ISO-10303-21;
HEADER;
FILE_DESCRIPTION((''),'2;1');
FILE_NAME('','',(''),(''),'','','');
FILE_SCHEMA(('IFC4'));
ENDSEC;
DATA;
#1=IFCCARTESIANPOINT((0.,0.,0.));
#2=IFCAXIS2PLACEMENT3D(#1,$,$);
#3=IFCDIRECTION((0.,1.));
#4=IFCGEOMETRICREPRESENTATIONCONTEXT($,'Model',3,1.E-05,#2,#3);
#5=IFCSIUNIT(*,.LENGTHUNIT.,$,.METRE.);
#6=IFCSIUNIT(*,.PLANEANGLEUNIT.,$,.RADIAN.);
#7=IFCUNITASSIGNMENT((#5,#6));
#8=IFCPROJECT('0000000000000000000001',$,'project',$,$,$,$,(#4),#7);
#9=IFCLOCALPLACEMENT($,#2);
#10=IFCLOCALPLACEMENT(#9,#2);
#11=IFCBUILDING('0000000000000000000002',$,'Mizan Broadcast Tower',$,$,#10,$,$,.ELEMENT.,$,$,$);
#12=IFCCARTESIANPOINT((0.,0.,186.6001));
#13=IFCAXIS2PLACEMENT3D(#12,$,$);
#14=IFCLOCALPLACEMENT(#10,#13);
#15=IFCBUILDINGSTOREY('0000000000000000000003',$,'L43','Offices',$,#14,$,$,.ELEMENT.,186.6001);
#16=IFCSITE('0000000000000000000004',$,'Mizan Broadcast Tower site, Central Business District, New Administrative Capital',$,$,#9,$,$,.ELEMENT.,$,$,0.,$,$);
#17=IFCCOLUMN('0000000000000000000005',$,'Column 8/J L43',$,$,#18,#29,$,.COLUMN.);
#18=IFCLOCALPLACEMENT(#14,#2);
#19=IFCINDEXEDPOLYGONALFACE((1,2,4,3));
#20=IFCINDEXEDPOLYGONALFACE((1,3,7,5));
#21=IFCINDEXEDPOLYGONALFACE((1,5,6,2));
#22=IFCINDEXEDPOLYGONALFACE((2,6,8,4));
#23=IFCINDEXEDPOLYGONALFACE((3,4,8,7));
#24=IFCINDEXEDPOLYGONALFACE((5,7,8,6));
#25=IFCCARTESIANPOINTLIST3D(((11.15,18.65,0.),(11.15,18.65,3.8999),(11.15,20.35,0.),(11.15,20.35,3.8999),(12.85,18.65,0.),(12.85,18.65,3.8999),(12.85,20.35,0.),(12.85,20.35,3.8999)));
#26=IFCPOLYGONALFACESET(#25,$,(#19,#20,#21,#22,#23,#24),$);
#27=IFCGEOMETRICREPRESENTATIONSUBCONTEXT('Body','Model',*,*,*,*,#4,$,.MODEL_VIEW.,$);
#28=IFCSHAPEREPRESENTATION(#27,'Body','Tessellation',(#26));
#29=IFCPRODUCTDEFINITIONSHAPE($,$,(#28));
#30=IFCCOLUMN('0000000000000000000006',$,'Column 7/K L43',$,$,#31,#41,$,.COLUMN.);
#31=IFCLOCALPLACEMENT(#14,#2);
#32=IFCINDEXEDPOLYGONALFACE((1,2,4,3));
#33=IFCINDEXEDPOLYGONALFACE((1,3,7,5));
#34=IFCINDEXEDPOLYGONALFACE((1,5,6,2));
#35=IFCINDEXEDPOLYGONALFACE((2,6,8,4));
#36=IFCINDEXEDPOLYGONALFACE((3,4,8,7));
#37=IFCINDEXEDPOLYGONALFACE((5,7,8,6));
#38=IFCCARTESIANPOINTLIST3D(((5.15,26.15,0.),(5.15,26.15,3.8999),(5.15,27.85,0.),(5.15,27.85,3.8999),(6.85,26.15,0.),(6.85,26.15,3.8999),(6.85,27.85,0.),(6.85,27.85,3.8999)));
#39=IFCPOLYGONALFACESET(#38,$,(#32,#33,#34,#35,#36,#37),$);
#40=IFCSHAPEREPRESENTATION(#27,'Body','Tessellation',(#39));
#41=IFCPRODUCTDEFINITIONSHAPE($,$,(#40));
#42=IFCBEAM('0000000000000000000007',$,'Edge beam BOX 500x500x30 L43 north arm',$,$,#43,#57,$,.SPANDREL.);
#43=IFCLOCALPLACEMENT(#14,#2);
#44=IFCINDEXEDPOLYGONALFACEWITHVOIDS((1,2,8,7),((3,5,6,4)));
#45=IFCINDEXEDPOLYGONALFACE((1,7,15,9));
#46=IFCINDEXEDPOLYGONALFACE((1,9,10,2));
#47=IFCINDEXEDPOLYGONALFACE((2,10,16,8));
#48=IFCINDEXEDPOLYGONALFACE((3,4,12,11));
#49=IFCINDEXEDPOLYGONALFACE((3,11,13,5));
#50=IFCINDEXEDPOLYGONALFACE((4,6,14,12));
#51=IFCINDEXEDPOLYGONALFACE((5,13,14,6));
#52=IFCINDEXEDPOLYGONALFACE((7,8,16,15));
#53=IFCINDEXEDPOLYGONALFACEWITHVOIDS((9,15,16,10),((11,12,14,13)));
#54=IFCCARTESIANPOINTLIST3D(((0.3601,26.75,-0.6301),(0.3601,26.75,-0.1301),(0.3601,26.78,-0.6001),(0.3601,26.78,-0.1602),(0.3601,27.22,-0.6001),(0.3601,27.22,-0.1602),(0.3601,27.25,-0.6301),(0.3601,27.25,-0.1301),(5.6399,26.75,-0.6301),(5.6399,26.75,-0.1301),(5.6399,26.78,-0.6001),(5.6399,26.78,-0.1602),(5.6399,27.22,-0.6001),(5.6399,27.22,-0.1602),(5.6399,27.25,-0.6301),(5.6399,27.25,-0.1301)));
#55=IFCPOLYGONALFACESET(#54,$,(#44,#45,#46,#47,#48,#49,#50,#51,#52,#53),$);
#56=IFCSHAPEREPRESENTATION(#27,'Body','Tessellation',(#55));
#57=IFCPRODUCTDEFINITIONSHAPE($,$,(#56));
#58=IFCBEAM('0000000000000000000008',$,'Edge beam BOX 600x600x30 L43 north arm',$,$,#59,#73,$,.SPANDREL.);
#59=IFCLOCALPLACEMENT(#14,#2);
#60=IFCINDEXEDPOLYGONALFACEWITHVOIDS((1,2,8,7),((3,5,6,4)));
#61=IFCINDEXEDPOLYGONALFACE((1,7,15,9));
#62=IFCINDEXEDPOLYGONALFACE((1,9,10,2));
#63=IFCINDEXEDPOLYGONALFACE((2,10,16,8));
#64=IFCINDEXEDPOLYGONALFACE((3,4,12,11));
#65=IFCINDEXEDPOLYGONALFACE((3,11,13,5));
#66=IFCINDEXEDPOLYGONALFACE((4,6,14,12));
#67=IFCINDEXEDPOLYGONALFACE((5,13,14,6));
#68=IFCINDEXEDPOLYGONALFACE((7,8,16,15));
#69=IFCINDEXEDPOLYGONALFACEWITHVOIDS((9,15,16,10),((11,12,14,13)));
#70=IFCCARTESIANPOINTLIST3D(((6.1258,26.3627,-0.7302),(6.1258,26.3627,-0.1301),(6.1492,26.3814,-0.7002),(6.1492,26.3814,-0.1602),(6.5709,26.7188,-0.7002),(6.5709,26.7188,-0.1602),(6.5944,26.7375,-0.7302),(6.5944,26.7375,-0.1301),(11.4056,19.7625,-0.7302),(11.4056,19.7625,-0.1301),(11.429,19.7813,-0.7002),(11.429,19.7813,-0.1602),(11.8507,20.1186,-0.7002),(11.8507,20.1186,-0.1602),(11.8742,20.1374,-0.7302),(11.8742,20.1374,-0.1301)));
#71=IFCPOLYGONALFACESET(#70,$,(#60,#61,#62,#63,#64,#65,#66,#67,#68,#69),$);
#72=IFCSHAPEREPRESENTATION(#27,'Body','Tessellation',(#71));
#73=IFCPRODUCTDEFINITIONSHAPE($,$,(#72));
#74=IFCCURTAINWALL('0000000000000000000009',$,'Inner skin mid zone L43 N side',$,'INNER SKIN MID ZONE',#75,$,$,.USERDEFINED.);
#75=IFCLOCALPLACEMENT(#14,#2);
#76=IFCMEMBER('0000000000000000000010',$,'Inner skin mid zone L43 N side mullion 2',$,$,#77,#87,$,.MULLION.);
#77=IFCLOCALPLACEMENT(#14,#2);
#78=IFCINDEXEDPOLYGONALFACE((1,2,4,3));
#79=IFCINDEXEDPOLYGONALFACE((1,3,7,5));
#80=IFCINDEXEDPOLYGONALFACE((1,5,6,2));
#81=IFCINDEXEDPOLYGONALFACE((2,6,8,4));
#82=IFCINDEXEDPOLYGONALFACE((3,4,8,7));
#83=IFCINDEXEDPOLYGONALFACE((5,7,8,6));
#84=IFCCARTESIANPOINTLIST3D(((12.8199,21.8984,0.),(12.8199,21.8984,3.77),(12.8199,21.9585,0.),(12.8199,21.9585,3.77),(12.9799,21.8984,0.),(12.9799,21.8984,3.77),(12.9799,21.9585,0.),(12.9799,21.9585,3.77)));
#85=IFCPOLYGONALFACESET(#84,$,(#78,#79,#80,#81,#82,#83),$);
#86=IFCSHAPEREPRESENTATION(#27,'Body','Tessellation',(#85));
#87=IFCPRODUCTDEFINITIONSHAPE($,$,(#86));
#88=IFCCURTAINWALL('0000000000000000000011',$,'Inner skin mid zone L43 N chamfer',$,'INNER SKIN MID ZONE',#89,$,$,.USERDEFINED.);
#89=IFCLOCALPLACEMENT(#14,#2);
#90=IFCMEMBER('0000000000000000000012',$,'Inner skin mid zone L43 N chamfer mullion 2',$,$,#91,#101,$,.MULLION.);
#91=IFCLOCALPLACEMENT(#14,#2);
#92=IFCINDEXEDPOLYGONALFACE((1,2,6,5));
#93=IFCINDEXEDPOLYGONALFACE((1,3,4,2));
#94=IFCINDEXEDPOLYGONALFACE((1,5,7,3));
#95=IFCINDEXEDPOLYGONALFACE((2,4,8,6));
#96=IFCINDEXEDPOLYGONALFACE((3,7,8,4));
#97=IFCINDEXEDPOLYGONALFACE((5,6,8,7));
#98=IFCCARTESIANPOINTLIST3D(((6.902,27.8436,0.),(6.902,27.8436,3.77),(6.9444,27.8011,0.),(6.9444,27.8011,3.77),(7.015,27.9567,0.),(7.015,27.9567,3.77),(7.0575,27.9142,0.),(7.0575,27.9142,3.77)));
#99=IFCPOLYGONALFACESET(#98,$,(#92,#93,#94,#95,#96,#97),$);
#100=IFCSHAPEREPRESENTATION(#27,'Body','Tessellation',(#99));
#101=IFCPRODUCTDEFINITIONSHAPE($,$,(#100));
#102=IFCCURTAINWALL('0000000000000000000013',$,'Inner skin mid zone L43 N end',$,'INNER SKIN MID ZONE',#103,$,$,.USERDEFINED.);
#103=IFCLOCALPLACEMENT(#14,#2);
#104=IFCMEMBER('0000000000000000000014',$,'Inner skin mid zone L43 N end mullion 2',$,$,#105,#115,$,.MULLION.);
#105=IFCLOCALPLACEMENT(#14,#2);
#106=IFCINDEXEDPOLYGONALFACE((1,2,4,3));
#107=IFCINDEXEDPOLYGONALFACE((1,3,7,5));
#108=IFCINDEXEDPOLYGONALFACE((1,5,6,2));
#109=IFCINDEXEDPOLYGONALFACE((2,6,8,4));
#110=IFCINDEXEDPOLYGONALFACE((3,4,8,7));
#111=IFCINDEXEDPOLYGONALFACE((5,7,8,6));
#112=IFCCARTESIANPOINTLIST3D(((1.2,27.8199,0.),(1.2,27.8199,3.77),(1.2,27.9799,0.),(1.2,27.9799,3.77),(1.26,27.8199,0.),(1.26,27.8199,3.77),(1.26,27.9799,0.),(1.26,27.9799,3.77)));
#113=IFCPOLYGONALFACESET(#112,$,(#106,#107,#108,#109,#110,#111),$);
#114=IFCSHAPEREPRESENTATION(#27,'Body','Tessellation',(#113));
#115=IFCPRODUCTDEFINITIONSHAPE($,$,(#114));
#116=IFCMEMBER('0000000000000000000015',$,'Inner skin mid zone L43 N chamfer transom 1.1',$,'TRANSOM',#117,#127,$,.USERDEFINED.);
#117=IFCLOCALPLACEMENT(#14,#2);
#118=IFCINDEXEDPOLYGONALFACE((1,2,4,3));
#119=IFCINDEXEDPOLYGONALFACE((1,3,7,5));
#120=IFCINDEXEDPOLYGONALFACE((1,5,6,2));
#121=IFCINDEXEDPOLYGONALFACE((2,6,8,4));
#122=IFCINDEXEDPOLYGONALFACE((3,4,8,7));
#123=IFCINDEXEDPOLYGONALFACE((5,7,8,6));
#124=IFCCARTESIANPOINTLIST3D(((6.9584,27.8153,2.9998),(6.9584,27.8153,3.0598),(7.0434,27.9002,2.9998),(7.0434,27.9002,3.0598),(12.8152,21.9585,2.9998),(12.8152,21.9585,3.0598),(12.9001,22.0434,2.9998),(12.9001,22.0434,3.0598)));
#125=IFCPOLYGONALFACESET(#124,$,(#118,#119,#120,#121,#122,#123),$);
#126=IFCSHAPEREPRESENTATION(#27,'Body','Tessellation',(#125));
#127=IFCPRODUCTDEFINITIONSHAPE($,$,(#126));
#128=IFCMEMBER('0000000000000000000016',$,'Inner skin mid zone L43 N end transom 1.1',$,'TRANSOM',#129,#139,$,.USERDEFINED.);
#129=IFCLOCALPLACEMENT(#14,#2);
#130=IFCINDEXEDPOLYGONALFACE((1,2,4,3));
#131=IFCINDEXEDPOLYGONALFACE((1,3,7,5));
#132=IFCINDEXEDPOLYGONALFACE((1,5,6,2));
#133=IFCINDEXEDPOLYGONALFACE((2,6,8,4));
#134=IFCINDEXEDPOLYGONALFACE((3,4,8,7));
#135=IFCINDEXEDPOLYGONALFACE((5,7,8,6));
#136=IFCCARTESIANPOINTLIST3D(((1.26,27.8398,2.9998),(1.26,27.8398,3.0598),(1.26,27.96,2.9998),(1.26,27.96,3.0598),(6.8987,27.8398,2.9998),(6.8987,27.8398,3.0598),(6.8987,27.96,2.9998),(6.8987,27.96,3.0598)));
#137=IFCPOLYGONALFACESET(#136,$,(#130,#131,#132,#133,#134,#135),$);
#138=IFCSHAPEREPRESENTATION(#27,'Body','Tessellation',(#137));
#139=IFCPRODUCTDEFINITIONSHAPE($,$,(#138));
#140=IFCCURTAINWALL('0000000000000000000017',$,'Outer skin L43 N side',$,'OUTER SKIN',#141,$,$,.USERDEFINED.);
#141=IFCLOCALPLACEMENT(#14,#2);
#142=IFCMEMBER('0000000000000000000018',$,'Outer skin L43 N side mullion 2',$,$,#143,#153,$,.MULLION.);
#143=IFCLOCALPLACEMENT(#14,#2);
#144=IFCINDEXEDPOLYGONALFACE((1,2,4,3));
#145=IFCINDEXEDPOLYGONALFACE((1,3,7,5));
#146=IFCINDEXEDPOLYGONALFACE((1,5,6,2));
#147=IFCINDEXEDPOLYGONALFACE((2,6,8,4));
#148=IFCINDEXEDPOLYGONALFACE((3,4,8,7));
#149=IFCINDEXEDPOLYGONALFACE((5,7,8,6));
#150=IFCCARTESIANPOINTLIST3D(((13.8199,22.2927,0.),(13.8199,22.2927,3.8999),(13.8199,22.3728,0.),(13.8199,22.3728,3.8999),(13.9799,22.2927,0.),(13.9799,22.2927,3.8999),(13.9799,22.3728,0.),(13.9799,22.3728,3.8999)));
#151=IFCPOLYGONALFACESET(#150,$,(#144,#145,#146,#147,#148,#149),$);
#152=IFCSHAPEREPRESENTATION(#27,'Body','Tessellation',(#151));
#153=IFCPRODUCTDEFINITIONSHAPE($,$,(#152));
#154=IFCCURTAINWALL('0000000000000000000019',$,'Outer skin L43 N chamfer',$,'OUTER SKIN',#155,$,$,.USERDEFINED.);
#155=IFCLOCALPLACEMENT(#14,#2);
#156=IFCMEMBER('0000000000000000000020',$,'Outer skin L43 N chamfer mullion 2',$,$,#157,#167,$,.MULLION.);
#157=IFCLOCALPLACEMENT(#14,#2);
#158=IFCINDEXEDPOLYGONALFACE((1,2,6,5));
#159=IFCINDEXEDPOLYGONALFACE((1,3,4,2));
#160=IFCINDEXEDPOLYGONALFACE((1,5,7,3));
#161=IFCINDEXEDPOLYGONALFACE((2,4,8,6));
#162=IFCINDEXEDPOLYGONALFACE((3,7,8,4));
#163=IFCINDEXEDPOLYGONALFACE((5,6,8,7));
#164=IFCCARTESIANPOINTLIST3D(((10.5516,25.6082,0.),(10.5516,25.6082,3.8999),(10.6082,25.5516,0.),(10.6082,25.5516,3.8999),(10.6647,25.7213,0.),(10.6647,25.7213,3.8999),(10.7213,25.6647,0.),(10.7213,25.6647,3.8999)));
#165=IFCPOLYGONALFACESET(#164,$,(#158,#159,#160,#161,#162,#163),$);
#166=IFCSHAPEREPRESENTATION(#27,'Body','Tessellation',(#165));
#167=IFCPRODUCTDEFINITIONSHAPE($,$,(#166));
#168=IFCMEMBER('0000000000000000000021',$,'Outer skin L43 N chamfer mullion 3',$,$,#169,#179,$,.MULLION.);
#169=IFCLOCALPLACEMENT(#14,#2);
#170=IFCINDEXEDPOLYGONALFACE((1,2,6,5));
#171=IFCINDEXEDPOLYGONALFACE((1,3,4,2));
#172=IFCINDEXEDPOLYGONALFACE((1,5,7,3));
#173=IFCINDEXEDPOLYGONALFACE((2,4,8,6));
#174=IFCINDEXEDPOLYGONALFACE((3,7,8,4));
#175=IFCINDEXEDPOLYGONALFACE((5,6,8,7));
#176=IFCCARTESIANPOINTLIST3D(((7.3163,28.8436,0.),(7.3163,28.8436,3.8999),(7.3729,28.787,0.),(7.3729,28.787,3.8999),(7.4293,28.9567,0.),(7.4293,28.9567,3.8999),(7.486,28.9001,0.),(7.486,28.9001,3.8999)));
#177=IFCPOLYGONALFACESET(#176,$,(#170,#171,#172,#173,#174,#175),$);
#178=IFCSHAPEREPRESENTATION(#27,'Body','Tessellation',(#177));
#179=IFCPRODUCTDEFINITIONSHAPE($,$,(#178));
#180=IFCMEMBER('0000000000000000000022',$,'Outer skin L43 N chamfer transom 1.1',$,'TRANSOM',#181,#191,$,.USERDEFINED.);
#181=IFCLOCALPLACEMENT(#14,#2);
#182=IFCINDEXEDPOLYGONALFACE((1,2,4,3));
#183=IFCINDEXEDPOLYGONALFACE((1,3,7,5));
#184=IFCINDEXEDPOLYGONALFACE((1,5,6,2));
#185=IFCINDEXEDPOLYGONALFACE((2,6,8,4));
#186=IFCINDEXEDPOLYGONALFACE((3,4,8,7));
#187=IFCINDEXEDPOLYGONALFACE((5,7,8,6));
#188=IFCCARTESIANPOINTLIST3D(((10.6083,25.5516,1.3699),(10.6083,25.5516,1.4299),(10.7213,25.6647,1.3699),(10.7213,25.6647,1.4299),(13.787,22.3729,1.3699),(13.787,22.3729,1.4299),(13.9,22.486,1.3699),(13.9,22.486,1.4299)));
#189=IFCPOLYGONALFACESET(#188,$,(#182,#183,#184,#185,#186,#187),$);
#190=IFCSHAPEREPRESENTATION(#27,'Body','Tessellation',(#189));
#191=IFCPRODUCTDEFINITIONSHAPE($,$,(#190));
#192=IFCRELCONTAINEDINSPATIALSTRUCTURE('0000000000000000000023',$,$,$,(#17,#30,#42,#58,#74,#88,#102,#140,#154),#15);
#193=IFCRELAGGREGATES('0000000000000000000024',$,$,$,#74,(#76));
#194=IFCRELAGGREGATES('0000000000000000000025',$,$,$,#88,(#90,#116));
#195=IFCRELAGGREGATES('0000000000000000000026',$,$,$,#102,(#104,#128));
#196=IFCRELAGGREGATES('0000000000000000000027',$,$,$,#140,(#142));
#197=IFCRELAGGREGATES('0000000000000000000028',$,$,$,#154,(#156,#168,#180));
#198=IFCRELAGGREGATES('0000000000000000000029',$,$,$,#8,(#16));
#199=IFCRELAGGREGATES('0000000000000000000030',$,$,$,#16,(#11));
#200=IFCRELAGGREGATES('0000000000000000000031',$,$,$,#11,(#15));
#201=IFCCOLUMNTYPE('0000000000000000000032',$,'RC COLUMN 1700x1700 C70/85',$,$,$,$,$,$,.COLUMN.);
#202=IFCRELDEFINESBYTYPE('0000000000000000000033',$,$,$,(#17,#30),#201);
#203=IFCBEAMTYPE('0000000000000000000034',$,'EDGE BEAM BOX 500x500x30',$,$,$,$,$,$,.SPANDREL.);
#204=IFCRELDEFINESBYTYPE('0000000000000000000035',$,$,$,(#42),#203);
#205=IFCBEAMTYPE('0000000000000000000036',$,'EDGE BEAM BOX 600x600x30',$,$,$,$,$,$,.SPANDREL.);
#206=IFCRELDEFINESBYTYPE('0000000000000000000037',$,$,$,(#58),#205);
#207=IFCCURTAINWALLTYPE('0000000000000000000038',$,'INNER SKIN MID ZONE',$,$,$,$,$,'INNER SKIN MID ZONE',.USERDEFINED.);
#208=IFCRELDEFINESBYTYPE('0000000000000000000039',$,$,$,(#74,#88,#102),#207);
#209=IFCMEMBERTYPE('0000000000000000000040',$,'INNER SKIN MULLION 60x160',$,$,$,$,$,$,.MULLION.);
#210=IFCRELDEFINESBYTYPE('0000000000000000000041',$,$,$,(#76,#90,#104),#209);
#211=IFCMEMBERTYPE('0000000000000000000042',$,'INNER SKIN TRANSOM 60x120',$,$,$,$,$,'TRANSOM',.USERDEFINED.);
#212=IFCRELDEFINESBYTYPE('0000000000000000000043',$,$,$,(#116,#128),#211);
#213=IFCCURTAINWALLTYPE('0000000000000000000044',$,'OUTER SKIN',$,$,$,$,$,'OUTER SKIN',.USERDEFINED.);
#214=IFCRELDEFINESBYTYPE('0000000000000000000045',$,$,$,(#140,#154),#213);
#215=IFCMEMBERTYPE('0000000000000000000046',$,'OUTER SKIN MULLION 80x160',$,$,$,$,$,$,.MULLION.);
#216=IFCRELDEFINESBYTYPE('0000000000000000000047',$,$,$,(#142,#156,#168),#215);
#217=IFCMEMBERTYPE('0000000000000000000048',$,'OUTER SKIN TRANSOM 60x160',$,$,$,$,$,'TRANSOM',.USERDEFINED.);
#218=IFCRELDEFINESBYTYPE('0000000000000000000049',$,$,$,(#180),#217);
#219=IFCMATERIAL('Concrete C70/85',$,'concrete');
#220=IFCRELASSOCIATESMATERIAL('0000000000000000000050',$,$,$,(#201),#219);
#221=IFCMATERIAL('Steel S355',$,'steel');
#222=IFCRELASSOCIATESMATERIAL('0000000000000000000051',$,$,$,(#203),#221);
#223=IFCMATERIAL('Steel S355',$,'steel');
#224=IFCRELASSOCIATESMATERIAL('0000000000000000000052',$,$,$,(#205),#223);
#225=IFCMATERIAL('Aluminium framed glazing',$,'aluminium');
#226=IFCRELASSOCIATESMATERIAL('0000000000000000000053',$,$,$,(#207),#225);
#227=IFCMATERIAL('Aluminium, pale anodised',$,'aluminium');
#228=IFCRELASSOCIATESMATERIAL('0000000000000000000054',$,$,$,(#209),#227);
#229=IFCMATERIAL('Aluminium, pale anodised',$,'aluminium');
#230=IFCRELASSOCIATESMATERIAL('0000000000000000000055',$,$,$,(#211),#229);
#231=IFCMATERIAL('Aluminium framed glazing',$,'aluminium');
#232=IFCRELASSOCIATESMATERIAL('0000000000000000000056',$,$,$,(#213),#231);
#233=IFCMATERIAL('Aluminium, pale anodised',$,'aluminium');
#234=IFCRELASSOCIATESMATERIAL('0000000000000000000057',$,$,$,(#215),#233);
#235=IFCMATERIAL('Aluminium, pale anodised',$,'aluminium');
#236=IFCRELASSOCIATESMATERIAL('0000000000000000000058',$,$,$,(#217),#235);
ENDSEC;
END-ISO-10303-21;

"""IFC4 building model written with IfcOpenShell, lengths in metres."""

from ifc_helpers import new_model, si_unit, direction, frame, origin, origin_2d, place, context, subcontext, project, spatial, rectangle, hollow_rectangle, extrude, material, material_profile, profile_set, type_object, element, aggregate, save


model = new_model("IFC4")

# Units and contexts
model_context = context("Model", 3, precision=1e-05, world=origin(), true_north=direction((0.0, 1.0)))
body_context = subcontext(model_context, "Body", "Model", "MODEL_VIEW")
ifc_project = project(units=[si_unit("LENGTHUNIT", "METRE"), si_unit("PLANEANGLEUNIT", "RADIAN")], contexts=[model_context])

# Site, building, storey
site_placement = place(None, origin())
site = spatial("IfcSite", under=ifc_project, at=site_placement, Name="Mizan Broadcast Tower site, Central Business District, New Administrative Capital", CompositionType="ELEMENT", RefElevation=0.0)
building_placement = place(site_placement, origin())
building = spatial("IfcBuilding", under=site, at=building_placement, Name="Mizan Broadcast Tower", CompositionType="ELEMENT")
storey_placement = place(building_placement, frame((0.0, 0.0, 186.6001)))
storey = spatial("IfcBuildingStorey", under=building, at=storey_placement, Name="L43", Description="Offices", CompositionType="ELEMENT", Elevation=186.6001)

# Columns
ifc_material_1 = material(Name="Concrete C70/85", Category="concrete")
ifc_material_profile_1 = material_profile(ifc_material_1, rectangle(XDim=1.7, YDim=1.7, at=origin_2d()), Name="RC 1700x1700")
ifc_profile_set_1 = profile_set([ifc_material_profile_1], Name="Concrete C70/85")
column_type = type_object("IfcColumnType", Name="RC COLUMN 1700x1700 C70/85", PredefinedType="COLUMN", material=ifc_profile_set_1)
for number, where, z_axis, x_axis, name in (
    (1, (12.0, 19.5, 0.0), (0.0, 0.0, 1.0), (1.0, 0.0, 0.0), "Column 8/J L43"),
    (2, (6.0, 27.0, 0.0), (0.0, 0.0, 1.0), (1.0, 0.0, 0.0), "Column 7/K L43"),
):
    element("IfcColumn", number, at=place(storey_placement, frame(where, z_axis=z_axis, x_axis=x_axis)), inside=storey, type_object=column_type, Name=name, PredefinedType="COLUMN", context=body_context, shape_type="SweptSolid", body=[
        extrude(rectangle(XDim=1.7, YDim=1.7, at=origin_2d()), origin(), (0.0, 0.0, 1.0), 3.8999),
    ])

# Beams
ifc_material_2 = material(Name="Steel S355", Category="steel")
ifc_material_profile_2 = material_profile(ifc_material_2, hollow_rectangle(XDim=0.5, YDim=0.5, WallThickness=0.03, at=origin_2d()), Name="BOX 500x500x30")
ifc_profile_set_2 = profile_set([ifc_material_profile_2], Name="Steel S355")
beam_type_1 = type_object("IfcBeamType", Name="EDGE BEAM BOX 500x500x30", PredefinedType="SPANDREL", material=ifc_profile_set_2)
beam_1_placement = place(storey_placement, frame((5.6399, 27.0, -0.3801), z_axis=(-1.0, 0.0, 0.0), x_axis=(0.0, -1.0, 0.0)))
element("IfcBeam", 3, at=beam_1_placement, inside=storey, type_object=beam_type_1, Name="Edge beam BOX 500x500x30 L43 north arm", PredefinedType="SPANDREL", context=body_context, shape_type="SweptSolid", body=[
    extrude(hollow_rectangle(XDim=0.5, YDim=0.5, WallThickness=0.03, at=origin_2d()), origin(), (0.0, 0.0, 1.0), 5.2798),
])
ifc_material_3 = material(Name="Steel S355", Category="steel")
ifc_material_profile_3 = material_profile(ifc_material_3, hollow_rectangle(XDim=0.6001, YDim=0.6001, WallThickness=0.03, at=origin_2d()), Name="BOX 600x600x30")
ifc_profile_set_3 = profile_set([ifc_material_profile_3], Name="Steel S355")
beam_type_2 = type_object("IfcBeamType", Name="EDGE BEAM BOX 600x600x30", PredefinedType="SPANDREL", material=ifc_profile_set_3)
beam_2_placement = place(storey_placement, frame((11.6399, 19.95, -0.4302), z_axis=(-0.624674, 0.780886, 0.0), x_axis=(-0.780886, -0.624674, 0.0)))
element("IfcBeam", 4, at=beam_2_placement, inside=storey, type_object=beam_type_2, Name="Edge beam BOX 600x600x30 L43 north arm", PredefinedType="SPANDREL", context=body_context, shape_type="SweptSolid", body=[
    extrude(hollow_rectangle(XDim=0.6001, YDim=0.6001, WallThickness=0.03, at=origin_2d()), origin(), (0.0, 0.0, 1.0), 8.4521),
])

# Curtain walls, members
ifc_material_4 = material(Name="Aluminium framed glazing", Category="aluminium")
curtain_wall_type_1 = type_object("IfcCurtainWallType", Name="INNER SKIN MID ZONE", ElementType="INNER SKIN MID ZONE", PredefinedType="USERDEFINED", material=ifc_material_4)
curtain_wall_1_placement = place(storey_placement, origin())
curtain_wall_1 = element("IfcCurtainWall", 5, at=curtain_wall_1_placement, inside=storey, type_object=curtain_wall_type_1, Name="Inner skin mid zone L43 N side", ObjectType="INNER SKIN MID ZONE", PredefinedType="USERDEFINED")
ifc_material_5 = material(Name="Aluminium, pale anodised", Category="aluminium")
ifc_material_profile_4 = material_profile(ifc_material_5, rectangle(XDim=0.1599, YDim=0.0601, at=origin_2d()), Name="MULLION 160x60")
ifc_profile_set_4 = profile_set([ifc_material_profile_4], Name="Aluminium, pale anodised")
member_type_1 = type_object("IfcMemberType", Name="INNER SKIN MULLION 60x160", PredefinedType="MULLION", material=ifc_profile_set_4)
member_1_placement = place(storey_placement, frame((12.8999, 21.9285, 0.0), z_axis=(0.0, 0.0, 1.0), x_axis=(-1.0, 0.0, 0.0)))
member_1 = element("IfcMember", 6, at=member_1_placement, type_object=member_type_1, Name="Inner skin mid zone L43 N side mullion 2", PredefinedType="MULLION", context=body_context, shape_type="SweptSolid", body=[
    extrude(rectangle(XDim=0.1599, YDim=0.0601, at=origin_2d()), origin(), (0.0, 0.0, 1.0), 3.77),
])
curtain_wall_2_placement = place(storey_placement, origin())
curtain_wall_2 = element("IfcCurtainWall", 7, at=curtain_wall_2_placement, inside=storey, type_object=curtain_wall_type_1, Name="Inner skin mid zone L43 N chamfer", ObjectType="INNER SKIN MID ZONE", PredefinedType="USERDEFINED")
member_2_placement = place(storey_placement, frame((6.9797, 27.8789, 0.0), z_axis=(0.0, 0.0, 1.0), x_axis=(-0.707107, -0.707107, 0.0)))
member_2 = element("IfcMember", 8, at=member_2_placement, type_object=member_type_1, Name="Inner skin mid zone L43 N chamfer mullion 2", PredefinedType="MULLION", context=body_context, shape_type="SweptSolid", body=[
    extrude(rectangle(XDim=0.1599, YDim=0.0601, at=origin_2d()), origin(), (0.0, 0.0, 1.0), 3.77),
])
curtain_wall_3_placement = place(storey_placement, origin())
curtain_wall_3 = element("IfcCurtainWall", 9, at=curtain_wall_3_placement, inside=storey, type_object=curtain_wall_type_1, Name="Inner skin mid zone L43 N end", ObjectType="INNER SKIN MID ZONE", PredefinedType="USERDEFINED")
member_3_placement = place(storey_placement, frame((1.23, 27.8999, 0.0), z_axis=(0.0, 0.0, 1.0), x_axis=(0.0, -1.0, 0.0)))
member_3 = element("IfcMember", 10, at=member_3_placement, type_object=member_type_1, Name="Inner skin mid zone L43 N end mullion 2", PredefinedType="MULLION", context=body_context, shape_type="SweptSolid", body=[
    extrude(rectangle(XDim=0.1599, YDim=0.0601, at=origin_2d()), origin(), (0.0, 0.0, 1.0), 3.77),
])

# Members
ifc_material_6 = material(Name="Aluminium, pale anodised", Category="aluminium")
ifc_material_profile_5 = material_profile(ifc_material_6, rectangle(XDim=0.1201, YDim=0.0601, at=origin_2d()), Name="TRANSOM 120x60")
ifc_profile_set_5 = profile_set([ifc_material_profile_5], Name="Aluminium, pale anodised")
member_type_2 = type_object("IfcMemberType", Name="INNER SKIN TRANSOM 60x120", ElementType="TRANSOM", PredefinedType="USERDEFINED", material=ifc_profile_set_5)
member_4_placement = place(storey_placement, frame((12.8577, 22.001, 3.0298), z_axis=(-0.707107, 0.707107, 0.0), x_axis=(-0.707107, -0.707107, 0.0)))
member_4 = element("IfcMember", 11, at=member_4_placement, type_object=member_type_2, Name="Inner skin mid zone L43 N chamfer transom 1.1", ObjectType="TRANSOM", PredefinedType="USERDEFINED", context=body_context, shape_type="SweptSolid", body=[
    extrude(rectangle(XDim=0.1201, YDim=0.0601, at=origin_2d()), origin(), (0.0, 0.0, 1.0), 8.2827),
])
member_5_placement = place(storey_placement, frame((6.8987, 27.8999, 3.0298), z_axis=(-1.0, 0.0, 0.0), x_axis=(0.0, -1.0, 0.0)))
member_5 = element("IfcMember", 12, at=member_5_placement, type_object=member_type_2, Name="Inner skin mid zone L43 N end transom 1.1", ObjectType="TRANSOM", PredefinedType="USERDEFINED", context=body_context, shape_type="SweptSolid", body=[
    extrude(rectangle(XDim=0.1201, YDim=0.0601, at=origin_2d()), origin(), (0.0, 0.0, 1.0), 5.6387),
])

# Curtain wall, member
ifc_material_7 = material(Name="Aluminium framed glazing", Category="aluminium")
curtain_wall_type_2 = type_object("IfcCurtainWallType", Name="OUTER SKIN", ElementType="OUTER SKIN", PredefinedType="USERDEFINED", material=ifc_material_7)
curtain_wall_4_placement = place(storey_placement, origin())
curtain_wall_4 = element("IfcCurtainWall", 13, at=curtain_wall_4_placement, inside=storey, type_object=curtain_wall_type_2, Name="Outer skin L43 N side", ObjectType="OUTER SKIN", PredefinedType="USERDEFINED")
ifc_material_8 = material(Name="Aluminium, pale anodised", Category="aluminium")
ifc_material_profile_6 = material_profile(ifc_material_8, rectangle(XDim=0.1599, YDim=0.0801, at=origin_2d()), Name="MULLION 160x80")
ifc_profile_set_6 = profile_set([ifc_material_profile_6], Name="Aluminium, pale anodised")
member_type_3 = type_object("IfcMemberType", Name="OUTER SKIN MULLION 80x160", PredefinedType="MULLION", material=ifc_profile_set_6)
member_6_placement = place(storey_placement, frame((13.8999, 22.3328, 0.0), z_axis=(0.0, 0.0, 1.0), x_axis=(-1.0, 0.0, 0.0)))
member_6 = element("IfcMember", 14, at=member_6_placement, type_object=member_type_3, Name="Outer skin L43 N side mullion 2", PredefinedType="MULLION", context=body_context, shape_type="SweptSolid", body=[
    extrude(rectangle(XDim=0.1599, YDim=0.0801, at=origin_2d()), origin(), (0.0, 0.0, 1.0), 3.8999),
])

# Curtain wall, members
curtain_wall_5_placement = place(storey_placement, origin())
curtain_wall_5 = element("IfcCurtainWall", 15, at=curtain_wall_5_placement, inside=storey, type_object=curtain_wall_type_2, Name="Outer skin L43 N chamfer", ObjectType="OUTER SKIN", PredefinedType="USERDEFINED")
member_7_placement = place(storey_placement, frame((10.6365, 25.6365, 0.0), z_axis=(0.0, 0.0, 1.0), x_axis=(-0.707107, -0.707107, 0.0)))
member_7 = element("IfcMember", 16, at=member_7_placement, type_object=member_type_3, Name="Outer skin L43 N chamfer mullion 2", PredefinedType="MULLION", context=body_context, shape_type="SweptSolid", body=[
    extrude(rectangle(XDim=0.1599, YDim=0.0801, at=origin_2d()), origin(), (0.0, 0.0, 1.0), 3.8999),
])
member_8_placement = place(storey_placement, frame((7.4011, 28.8718, 0.0), z_axis=(0.0, 0.0, 1.0), x_axis=(-0.707107, -0.707107, 0.0)))
member_8 = element("IfcMember", 17, at=member_8_placement, type_object=member_type_3, Name="Outer skin L43 N chamfer mullion 3", PredefinedType="MULLION", context=body_context, shape_type="SweptSolid", body=[
    extrude(rectangle(XDim=0.1599, YDim=0.0801, at=origin_2d()), origin(), (0.0, 0.0, 1.0), 3.8999),
])
ifc_material_9 = material(Name="Aluminium, pale anodised", Category="aluminium")
ifc_material_profile_7 = material_profile(ifc_material_9, rectangle(XDim=0.1599, YDim=0.0601, at=origin_2d()), Name="TRANSOM 160x60")
ifc_profile_set_7 = profile_set([ifc_material_profile_7], Name="Aluminium, pale anodised")
member_type_4 = type_object("IfcMemberType", Name="OUTER SKIN TRANSOM 60x160", ElementType="TRANSOM", PredefinedType="USERDEFINED", material=ifc_profile_set_7)
member_9_placement = place(storey_placement, frame((13.8435, 22.4294, 1.3999), z_axis=(-0.707107, 0.707107, 0.0), x_axis=(-0.707107, -0.707107, 0.0)))
member_9 = element("IfcMember", 18, at=member_9_placement, type_object=member_type_4, Name="Outer skin L43 N chamfer transom 1.1", ObjectType="TRANSOM", PredefinedType="USERDEFINED", context=body_context, shape_type="SweptSolid", body=[
    extrude(rectangle(XDim=0.1599, YDim=0.0601, at=origin_2d()), origin(), (0.0, 0.0, 1.0), 4.4954),
])

aggregate(curtain_wall_1, [member_1])
aggregate(curtain_wall_2, [member_2, member_4])
aggregate(curtain_wall_3, [member_3, member_5])
aggregate(curtain_wall_4, [member_6])
aggregate(curtain_wall_5, [member_7, member_8, member_9])

save(model, "model.ifc")
